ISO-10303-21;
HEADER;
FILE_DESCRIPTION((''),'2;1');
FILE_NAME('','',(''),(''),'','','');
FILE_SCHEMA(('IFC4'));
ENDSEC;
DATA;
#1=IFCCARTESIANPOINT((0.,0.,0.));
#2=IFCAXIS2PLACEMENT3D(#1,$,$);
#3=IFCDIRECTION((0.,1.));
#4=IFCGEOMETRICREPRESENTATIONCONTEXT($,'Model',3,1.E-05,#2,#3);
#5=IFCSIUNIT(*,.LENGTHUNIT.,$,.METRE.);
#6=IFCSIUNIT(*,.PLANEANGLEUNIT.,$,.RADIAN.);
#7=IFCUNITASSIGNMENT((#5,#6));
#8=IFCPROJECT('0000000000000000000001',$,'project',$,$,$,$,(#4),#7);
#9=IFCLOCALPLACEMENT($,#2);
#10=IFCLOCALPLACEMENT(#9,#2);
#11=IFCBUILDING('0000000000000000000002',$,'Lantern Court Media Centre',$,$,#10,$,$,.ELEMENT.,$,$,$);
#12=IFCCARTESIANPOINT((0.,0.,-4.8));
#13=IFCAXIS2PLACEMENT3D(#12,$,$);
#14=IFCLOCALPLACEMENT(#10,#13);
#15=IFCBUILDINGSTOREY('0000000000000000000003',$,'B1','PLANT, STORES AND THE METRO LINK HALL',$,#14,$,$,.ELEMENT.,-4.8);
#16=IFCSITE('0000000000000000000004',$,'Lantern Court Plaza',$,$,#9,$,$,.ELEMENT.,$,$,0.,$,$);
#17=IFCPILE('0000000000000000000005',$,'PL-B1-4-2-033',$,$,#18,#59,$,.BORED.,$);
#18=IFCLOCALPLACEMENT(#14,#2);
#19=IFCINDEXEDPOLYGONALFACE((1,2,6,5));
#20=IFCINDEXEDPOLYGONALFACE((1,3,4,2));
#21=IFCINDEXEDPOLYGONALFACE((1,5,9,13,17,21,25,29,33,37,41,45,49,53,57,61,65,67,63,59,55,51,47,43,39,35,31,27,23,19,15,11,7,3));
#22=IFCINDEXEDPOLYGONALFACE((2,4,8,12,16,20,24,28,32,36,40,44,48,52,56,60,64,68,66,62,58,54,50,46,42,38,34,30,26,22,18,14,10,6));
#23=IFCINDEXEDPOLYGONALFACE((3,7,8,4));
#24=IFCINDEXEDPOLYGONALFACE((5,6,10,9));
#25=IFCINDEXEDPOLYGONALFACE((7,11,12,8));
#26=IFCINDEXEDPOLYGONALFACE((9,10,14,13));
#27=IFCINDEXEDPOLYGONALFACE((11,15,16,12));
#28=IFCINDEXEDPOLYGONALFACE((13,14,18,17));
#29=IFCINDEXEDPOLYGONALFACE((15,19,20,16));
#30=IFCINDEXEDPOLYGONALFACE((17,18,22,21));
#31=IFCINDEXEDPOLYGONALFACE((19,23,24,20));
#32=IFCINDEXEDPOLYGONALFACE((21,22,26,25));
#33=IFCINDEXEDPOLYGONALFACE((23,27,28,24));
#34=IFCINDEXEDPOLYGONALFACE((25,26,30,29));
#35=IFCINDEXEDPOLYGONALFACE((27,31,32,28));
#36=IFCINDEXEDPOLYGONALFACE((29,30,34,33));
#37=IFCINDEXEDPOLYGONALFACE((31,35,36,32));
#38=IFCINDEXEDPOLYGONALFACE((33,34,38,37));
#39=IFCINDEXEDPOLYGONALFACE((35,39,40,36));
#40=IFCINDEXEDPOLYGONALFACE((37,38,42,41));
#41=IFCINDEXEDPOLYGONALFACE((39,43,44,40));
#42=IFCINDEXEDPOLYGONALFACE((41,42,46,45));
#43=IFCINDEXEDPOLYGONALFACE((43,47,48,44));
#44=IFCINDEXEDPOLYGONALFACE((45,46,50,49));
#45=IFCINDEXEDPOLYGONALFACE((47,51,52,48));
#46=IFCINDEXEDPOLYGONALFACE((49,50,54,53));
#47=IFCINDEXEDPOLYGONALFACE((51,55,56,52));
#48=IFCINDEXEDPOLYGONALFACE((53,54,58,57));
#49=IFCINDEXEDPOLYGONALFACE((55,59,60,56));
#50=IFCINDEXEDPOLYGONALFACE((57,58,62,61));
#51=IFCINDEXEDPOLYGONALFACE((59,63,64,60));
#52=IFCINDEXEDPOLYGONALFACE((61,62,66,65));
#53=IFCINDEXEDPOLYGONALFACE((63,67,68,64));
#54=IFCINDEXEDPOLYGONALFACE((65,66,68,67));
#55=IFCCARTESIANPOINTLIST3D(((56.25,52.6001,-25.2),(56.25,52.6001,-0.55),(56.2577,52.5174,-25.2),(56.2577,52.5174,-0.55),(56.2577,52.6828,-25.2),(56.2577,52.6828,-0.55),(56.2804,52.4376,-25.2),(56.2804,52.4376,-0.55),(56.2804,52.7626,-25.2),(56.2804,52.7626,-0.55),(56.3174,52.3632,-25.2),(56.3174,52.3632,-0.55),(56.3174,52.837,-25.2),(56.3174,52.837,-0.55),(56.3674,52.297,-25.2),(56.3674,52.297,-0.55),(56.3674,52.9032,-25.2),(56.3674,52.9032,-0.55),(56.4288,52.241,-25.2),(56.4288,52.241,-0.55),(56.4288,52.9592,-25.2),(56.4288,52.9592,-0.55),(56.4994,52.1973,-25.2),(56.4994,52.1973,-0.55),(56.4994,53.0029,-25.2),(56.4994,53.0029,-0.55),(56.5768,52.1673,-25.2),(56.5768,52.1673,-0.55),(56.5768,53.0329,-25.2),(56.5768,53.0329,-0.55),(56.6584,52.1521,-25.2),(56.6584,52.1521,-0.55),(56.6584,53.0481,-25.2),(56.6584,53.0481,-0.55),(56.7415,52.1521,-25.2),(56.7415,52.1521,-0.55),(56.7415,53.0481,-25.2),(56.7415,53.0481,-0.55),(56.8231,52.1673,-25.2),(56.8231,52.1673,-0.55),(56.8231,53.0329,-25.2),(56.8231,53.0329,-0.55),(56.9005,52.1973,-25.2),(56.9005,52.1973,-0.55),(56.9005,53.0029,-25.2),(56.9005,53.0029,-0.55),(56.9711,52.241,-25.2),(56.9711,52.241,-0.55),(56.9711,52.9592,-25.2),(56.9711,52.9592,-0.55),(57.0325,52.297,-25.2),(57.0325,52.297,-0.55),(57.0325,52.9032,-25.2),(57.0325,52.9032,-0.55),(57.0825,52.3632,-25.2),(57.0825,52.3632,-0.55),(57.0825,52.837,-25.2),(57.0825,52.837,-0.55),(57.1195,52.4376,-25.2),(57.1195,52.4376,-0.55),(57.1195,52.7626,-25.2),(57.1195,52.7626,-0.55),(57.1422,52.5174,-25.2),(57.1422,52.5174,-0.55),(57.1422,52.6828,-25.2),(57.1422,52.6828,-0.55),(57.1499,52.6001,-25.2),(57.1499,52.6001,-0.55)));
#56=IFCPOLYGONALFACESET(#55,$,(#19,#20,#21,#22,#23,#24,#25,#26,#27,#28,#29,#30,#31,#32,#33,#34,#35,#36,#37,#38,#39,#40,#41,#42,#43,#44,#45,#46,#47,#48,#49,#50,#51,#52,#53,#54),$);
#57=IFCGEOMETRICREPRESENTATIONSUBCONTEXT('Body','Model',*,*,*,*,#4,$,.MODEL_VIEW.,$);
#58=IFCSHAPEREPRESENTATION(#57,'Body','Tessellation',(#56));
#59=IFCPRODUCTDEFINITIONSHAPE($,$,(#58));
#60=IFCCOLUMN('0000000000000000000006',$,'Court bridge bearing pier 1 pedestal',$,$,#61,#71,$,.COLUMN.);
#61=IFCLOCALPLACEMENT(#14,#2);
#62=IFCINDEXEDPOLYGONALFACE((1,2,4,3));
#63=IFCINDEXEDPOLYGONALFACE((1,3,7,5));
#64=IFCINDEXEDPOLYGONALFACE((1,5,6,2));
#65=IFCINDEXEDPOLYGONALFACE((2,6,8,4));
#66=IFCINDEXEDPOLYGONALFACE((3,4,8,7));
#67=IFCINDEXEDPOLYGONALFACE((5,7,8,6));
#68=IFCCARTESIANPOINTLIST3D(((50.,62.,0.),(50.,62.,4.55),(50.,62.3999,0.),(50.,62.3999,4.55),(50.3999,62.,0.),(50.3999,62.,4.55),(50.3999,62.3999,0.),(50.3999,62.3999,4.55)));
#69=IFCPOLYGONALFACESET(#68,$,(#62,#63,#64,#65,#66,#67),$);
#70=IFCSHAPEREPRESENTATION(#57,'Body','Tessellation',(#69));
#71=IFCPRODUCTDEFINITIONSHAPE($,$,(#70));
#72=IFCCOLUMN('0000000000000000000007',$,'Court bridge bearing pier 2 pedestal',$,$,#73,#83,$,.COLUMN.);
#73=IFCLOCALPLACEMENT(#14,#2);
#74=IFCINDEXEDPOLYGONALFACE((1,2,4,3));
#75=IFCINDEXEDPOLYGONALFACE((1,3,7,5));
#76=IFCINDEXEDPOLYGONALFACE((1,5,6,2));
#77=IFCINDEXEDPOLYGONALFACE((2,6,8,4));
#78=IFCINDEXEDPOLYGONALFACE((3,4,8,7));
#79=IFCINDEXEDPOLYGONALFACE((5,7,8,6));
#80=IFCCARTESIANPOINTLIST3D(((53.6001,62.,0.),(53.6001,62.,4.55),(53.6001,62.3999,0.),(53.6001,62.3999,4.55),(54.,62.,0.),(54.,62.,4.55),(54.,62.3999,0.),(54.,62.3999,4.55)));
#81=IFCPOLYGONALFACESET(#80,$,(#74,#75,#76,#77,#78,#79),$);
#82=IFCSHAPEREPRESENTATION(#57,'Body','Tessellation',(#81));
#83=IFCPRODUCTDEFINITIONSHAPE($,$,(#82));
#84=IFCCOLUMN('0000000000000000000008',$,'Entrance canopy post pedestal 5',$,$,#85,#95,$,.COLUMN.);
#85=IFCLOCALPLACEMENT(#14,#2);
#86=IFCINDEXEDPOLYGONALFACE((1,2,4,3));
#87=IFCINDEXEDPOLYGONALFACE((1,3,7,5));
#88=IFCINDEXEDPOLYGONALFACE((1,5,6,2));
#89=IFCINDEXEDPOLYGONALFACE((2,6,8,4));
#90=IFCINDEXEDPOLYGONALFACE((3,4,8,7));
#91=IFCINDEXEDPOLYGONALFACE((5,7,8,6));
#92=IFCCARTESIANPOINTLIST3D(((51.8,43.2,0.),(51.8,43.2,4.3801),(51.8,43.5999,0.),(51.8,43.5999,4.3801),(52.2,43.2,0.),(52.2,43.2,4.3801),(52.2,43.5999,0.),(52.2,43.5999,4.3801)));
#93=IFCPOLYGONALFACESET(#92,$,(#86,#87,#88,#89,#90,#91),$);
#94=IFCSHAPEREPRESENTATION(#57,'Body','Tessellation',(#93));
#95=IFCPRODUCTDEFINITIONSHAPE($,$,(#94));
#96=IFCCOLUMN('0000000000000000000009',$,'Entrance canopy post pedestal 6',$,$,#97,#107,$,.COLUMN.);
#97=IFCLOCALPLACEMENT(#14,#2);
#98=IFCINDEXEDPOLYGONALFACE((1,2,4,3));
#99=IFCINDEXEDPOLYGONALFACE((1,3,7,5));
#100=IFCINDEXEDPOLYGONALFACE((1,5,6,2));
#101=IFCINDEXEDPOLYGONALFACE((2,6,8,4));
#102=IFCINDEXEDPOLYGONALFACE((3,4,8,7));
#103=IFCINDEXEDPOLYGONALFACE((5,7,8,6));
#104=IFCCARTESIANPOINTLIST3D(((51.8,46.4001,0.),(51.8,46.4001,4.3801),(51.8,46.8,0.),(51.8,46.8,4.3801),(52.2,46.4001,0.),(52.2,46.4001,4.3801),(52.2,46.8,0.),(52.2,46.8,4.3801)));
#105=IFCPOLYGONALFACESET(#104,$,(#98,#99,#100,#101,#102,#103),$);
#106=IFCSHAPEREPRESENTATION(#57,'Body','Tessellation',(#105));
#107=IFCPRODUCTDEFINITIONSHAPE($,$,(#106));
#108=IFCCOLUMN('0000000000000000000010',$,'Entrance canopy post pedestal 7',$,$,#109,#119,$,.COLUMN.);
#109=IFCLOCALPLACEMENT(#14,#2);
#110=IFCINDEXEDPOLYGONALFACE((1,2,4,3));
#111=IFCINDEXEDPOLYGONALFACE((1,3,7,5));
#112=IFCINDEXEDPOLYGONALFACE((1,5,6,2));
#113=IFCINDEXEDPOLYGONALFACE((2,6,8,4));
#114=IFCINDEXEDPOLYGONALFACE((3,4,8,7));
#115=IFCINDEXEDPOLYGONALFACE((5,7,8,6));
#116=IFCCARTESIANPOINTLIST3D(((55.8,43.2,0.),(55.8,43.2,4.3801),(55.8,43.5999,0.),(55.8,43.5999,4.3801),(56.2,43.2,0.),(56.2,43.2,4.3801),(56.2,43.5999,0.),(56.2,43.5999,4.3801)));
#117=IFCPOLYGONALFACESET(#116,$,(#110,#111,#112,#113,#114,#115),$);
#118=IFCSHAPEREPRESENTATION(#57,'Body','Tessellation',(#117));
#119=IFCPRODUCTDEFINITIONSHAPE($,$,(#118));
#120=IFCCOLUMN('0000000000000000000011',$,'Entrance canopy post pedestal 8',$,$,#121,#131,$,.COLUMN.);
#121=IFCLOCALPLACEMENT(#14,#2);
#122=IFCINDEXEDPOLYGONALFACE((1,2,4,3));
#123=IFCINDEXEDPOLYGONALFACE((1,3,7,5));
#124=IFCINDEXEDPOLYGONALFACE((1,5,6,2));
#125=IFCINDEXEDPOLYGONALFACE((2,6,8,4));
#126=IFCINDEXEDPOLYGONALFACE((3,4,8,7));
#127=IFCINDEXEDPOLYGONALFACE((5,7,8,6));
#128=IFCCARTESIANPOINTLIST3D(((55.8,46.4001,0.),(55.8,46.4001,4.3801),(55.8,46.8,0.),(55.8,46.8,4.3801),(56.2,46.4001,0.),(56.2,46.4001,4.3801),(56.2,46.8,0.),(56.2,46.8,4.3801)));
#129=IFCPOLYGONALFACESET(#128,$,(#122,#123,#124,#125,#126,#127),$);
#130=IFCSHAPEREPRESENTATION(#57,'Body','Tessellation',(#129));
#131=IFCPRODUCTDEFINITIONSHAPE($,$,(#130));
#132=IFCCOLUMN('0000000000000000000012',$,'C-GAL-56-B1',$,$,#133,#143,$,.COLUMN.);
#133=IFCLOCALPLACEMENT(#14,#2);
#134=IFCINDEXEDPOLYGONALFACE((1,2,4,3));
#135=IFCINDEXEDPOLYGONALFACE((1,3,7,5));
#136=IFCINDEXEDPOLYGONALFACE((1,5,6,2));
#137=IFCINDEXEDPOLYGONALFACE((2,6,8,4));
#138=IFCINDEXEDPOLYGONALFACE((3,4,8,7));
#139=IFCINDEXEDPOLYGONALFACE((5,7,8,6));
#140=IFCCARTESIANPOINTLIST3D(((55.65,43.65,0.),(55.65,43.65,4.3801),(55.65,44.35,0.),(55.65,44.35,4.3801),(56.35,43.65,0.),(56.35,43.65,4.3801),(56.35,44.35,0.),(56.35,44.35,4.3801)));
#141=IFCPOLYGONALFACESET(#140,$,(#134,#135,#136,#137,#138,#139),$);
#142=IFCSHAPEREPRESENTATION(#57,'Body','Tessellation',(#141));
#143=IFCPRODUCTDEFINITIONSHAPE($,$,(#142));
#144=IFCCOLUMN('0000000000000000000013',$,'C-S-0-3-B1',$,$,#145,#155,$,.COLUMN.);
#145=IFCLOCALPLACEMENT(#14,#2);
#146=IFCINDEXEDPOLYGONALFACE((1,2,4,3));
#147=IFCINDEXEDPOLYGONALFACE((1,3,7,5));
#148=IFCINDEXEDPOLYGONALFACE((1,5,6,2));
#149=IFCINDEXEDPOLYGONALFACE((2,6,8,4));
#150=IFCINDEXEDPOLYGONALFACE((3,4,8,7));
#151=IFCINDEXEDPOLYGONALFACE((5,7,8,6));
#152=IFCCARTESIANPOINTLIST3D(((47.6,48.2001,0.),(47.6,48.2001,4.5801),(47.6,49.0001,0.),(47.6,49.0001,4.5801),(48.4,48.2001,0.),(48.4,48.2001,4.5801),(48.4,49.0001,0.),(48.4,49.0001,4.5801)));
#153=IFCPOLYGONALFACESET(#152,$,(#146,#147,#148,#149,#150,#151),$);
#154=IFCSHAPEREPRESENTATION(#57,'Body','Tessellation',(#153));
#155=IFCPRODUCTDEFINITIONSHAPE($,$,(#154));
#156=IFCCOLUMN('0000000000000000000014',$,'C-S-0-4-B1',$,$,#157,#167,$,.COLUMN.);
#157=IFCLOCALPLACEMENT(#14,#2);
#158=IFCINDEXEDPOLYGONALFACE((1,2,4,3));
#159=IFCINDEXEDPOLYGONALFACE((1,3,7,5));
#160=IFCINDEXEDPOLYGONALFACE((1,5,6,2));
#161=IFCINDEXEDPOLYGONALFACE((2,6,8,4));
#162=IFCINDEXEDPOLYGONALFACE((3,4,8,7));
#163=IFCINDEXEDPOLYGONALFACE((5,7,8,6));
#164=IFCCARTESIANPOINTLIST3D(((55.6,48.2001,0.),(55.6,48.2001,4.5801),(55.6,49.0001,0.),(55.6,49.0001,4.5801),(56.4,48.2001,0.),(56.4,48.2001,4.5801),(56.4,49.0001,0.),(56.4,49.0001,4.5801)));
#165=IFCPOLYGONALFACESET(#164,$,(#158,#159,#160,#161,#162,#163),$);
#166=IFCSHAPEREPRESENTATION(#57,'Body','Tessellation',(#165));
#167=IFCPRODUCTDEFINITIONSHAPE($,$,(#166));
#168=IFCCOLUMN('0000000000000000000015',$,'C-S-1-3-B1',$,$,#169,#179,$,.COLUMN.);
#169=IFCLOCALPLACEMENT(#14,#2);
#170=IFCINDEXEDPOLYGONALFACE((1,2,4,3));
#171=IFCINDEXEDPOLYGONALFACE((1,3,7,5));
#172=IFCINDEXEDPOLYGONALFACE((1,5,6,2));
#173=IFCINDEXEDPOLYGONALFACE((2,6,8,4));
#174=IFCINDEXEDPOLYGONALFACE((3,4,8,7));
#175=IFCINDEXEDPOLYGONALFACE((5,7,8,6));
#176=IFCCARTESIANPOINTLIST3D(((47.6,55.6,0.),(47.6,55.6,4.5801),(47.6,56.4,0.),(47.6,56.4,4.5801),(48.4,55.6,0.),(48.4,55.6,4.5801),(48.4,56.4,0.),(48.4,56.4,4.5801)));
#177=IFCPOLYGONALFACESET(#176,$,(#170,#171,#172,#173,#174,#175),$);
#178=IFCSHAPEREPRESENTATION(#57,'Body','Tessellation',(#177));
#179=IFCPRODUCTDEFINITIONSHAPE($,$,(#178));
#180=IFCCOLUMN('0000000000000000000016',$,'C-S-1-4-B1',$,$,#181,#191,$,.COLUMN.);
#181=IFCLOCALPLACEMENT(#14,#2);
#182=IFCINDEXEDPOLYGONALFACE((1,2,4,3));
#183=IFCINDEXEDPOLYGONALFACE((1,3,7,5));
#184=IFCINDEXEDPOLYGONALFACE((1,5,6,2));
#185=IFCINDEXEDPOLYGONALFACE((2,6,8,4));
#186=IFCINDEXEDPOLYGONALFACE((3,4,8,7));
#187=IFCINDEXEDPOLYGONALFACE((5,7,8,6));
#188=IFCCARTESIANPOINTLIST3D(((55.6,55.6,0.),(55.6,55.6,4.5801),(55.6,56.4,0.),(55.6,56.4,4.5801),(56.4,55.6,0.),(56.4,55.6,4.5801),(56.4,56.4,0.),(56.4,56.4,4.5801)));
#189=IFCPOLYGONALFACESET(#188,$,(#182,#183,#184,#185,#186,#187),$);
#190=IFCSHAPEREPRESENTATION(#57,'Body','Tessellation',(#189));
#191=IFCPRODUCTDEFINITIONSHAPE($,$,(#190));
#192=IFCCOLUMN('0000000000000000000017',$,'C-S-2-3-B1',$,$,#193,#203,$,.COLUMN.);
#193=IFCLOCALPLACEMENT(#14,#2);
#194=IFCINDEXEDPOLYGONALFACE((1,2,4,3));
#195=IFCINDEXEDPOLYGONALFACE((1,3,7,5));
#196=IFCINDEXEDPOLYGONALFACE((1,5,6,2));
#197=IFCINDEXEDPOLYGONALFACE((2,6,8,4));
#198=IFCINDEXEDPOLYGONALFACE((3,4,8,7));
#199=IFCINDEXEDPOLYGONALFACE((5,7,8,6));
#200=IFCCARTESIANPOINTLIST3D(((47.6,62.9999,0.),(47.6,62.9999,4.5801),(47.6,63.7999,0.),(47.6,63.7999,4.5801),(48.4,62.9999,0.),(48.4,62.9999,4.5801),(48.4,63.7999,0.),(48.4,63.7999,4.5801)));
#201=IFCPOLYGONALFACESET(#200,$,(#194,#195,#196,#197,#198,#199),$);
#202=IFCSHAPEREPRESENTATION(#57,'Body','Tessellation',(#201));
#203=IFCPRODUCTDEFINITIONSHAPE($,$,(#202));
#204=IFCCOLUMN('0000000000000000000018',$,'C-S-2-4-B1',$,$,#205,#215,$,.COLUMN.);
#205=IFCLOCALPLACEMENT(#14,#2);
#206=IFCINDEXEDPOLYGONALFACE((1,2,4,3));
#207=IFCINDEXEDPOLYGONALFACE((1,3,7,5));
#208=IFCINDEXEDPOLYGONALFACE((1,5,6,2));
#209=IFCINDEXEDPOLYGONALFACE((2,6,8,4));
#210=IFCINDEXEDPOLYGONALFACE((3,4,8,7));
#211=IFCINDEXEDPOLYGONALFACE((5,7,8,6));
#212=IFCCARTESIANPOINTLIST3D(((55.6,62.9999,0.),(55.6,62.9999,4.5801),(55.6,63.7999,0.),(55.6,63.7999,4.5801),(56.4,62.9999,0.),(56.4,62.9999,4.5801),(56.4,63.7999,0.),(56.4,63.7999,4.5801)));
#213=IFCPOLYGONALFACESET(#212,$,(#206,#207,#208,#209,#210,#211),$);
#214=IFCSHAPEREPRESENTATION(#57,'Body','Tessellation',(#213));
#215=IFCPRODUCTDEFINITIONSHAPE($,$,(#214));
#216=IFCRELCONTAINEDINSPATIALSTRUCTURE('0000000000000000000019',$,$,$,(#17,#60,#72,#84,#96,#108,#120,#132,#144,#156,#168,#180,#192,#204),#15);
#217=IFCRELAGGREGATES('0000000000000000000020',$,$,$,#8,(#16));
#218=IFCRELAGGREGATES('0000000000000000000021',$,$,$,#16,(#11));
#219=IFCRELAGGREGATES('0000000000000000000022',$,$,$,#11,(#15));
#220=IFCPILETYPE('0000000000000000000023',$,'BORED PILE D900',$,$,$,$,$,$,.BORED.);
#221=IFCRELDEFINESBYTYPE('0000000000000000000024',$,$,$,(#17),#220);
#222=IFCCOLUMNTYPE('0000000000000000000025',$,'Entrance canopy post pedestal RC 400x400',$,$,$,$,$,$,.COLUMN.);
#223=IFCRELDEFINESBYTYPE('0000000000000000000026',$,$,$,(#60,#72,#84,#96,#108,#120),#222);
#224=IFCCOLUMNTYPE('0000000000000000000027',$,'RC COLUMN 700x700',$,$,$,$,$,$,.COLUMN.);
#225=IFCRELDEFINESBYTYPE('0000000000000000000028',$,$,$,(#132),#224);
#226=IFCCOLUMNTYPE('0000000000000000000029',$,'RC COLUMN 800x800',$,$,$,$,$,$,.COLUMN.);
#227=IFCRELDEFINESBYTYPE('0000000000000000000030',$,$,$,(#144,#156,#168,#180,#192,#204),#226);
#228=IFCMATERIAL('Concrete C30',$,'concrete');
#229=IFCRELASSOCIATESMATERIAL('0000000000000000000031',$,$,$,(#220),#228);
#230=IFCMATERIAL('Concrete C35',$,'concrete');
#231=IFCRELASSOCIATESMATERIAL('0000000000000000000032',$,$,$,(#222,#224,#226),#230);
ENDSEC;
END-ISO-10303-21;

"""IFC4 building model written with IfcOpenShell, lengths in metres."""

from ifc_helpers import new_model, si_unit, direction, frame, origin, origin_2d, place, context, subcontext, project, spatial, rectangle, circle, extrude, material, material_profile, profile_set, type_object, element, save


model = new_model("IFC4")

# Units and contexts
model_context = context("Model", 3, precision=1e-05, world=origin(), true_north=direction((0.0, 1.0)))
body_context = subcontext(model_context, "Body", "Model", "MODEL_VIEW")
ifc_project = project(units=[si_unit("LENGTHUNIT", "METRE"), si_unit("PLANEANGLEUNIT", "RADIAN")], contexts=[model_context])

# Site, building, storey
site_placement = place(None, origin())
site = spatial("IfcSite", under=ifc_project, at=site_placement, Name="Lantern Court Plaza", CompositionType="ELEMENT", RefElevation=0.0)
building_placement = place(site_placement, origin())
building = spatial("IfcBuilding", under=site, at=building_placement, Name="Lantern Court Media Centre", CompositionType="ELEMENT")
storey_placement = place(building_placement, frame((0.0, 0.0, -4.8)))
storey = spatial("IfcBuildingStorey", under=building, at=storey_placement, Name="B1", Description="PLANT, STORES AND THE METRO LINK HALL", CompositionType="ELEMENT", Elevation=-4.8)

# Pile
ifc_material_1 = material(Name="Concrete C30", Category="concrete")
ifc_material_profile_1 = material_profile(ifc_material_1, circle(Radius=0.45, at=origin_2d()), Name="D900")
ifc_profile_set_1 = profile_set([ifc_material_profile_1], Name="Concrete C30")
pile_type = type_object("IfcPileType", Name="BORED PILE D900", PredefinedType="BORED", material=ifc_profile_set_1)
for number, where, z_axis, x_axis, name in (
    (1, (56.7, 52.6001, -0.55), (0.0, 0.0, -1.0), (1.0, 0.0, 0.0), "PL-B1-4-2-033"),
):
    element("IfcPile", number, at=place(storey_placement, frame(where, z_axis=z_axis, x_axis=x_axis)), inside=storey, type_object=pile_type, Name=name, PredefinedType="BORED", context=body_context, shape_type="SweptSolid", body=[
        extrude(circle(Radius=0.45, at=origin_2d()), origin(), (0.0, 0.0, 1.0), 24.6499),
    ])

# Columns
ifc_material_2 = material(Name="Concrete C35", Category="concrete")
ifc_material_profile_2 = material_profile(ifc_material_2, rectangle(XDim=0.3999, YDim=0.3999, at=origin_2d()), Name="RC 400x400")
ifc_profile_set_2 = profile_set([ifc_material_profile_2], Name="Concrete C35")
column_type_1 = type_object("IfcColumnType", Name="Entrance canopy post pedestal RC 400x400", PredefinedType="COLUMN", material=ifc_profile_set_2)
for number, where, z_axis, x_axis, name in (
    (2, (50.2, 62.2, 0.0), (0.0, 0.0, 1.0), (1.0, 0.0, 0.0), "Court bridge bearing pier 1 pedestal"),
    (3, (53.8, 62.2, 0.0), (0.0, 0.0, 1.0), (1.0, 0.0, 0.0), "Court bridge bearing pier 2 pedestal"),
):
    element("IfcColumn", number, at=place(storey_placement, frame(where, z_axis=z_axis, x_axis=x_axis)), inside=storey, type_object=column_type_1, Name=name, PredefinedType="COLUMN", context=body_context, shape_type="SweptSolid", body=[
        extrude(rectangle(XDim=0.3999, YDim=0.3999, at=origin_2d()), origin(), (0.0, 0.0, 1.0), 4.55),
    ])
for number, where, z_axis, x_axis, name in (
    (4, (52.0, 43.3999, 0.0), (0.0, 0.0, 1.0), (1.0, 0.0, 0.0), "Entrance canopy post pedestal 5"),
    (5, (52.0, 46.6001, 0.0), (0.0, 0.0, 1.0), (1.0, 0.0, 0.0), "Entrance canopy post pedestal 6"),
    (6, (56.0, 43.3999, 0.0), (0.0, 0.0, 1.0), (1.0, 0.0, 0.0), "Entrance canopy post pedestal 7"),
    (7, (56.0, 46.6001, 0.0), (0.0, 0.0, 1.0), (1.0, 0.0, 0.0), "Entrance canopy post pedestal 8"),
):
    element("IfcColumn", number, at=place(storey_placement, frame(where, z_axis=z_axis, x_axis=x_axis)), inside=storey, type_object=column_type_1, Name=name, PredefinedType="COLUMN", context=body_context, shape_type="SweptSolid", body=[
        extrude(rectangle(XDim=0.3999, YDim=0.3999, at=origin_2d()), origin(), (0.0, 0.0, 1.0), 4.3801),
    ])
ifc_material_profile_3 = material_profile(ifc_material_2, rectangle(XDim=0.7, YDim=0.7, at=origin_2d()), Name="RC 700x700")
ifc_profile_set_3 = profile_set([ifc_material_profile_3], Name="Concrete C35")
column_type_2 = type_object("IfcColumnType", Name="RC COLUMN 700x700", PredefinedType="COLUMN", material=ifc_profile_set_3)
column_placement = place(storey_placement, frame((56.0, 44.0, 0.0), z_axis=(0.0, 0.0, 1.0), x_axis=(1.0, 0.0, 0.0)))
element("IfcColumn", 8, at=column_placement, inside=storey, type_object=column_type_2, Name="C-GAL-56-B1", PredefinedType="COLUMN", context=body_context, shape_type="SweptSolid", body=[
    extrude(rectangle(XDim=0.7, YDim=0.7, at=origin_2d()), origin(), (0.0, 0.0, 1.0), 4.3801),
])
ifc_material_profile_4 = material_profile(ifc_material_2, rectangle(XDim=0.8, YDim=0.8, at=origin_2d()), Name="RC 800x800")
ifc_profile_set_4 = profile_set([ifc_material_profile_4], Name="Concrete C35")
column_type_3 = type_object("IfcColumnType", Name="RC COLUMN 800x800", PredefinedType="COLUMN", material=ifc_profile_set_4)
for number, where, z_axis, x_axis, name in (
    (9, (48.0, 48.6001, 0.0), (0.0, 0.0, 1.0), (1.0, 0.0, 0.0), "C-S-0-3-B1"),
    (10, (56.0, 48.6001, 0.0), (0.0, 0.0, 1.0), (1.0, 0.0, 0.0), "C-S-0-4-B1"),
    (11, (48.0, 56.0, 0.0), (0.0, 0.0, 1.0), (1.0, 0.0, 0.0), "C-S-1-3-B1"),
    (12, (56.0, 56.0, 0.0), (0.0, 0.0, 1.0), (1.0, 0.0, 0.0), "C-S-1-4-B1"),
    (13, (48.0, 63.3999, 0.0), (0.0, 0.0, 1.0), (1.0, 0.0, 0.0), "C-S-2-3-B1"),
    (14, (56.0, 63.3999, 0.0), (0.0, 0.0, 1.0), (1.0, 0.0, 0.0), "C-S-2-4-B1"),
):
    element("IfcColumn", number, at=place(storey_placement, frame(where, z_axis=z_axis, x_axis=x_axis)), inside=storey, type_object=column_type_3, Name=name, PredefinedType="COLUMN", context=body_context, shape_type="SweptSolid", body=[
        extrude(rectangle(XDim=0.8, YDim=0.8, at=origin_2d()), origin(), (0.0, 0.0, 1.0), 4.5801),
    ])

save(model, "model.ifc")
